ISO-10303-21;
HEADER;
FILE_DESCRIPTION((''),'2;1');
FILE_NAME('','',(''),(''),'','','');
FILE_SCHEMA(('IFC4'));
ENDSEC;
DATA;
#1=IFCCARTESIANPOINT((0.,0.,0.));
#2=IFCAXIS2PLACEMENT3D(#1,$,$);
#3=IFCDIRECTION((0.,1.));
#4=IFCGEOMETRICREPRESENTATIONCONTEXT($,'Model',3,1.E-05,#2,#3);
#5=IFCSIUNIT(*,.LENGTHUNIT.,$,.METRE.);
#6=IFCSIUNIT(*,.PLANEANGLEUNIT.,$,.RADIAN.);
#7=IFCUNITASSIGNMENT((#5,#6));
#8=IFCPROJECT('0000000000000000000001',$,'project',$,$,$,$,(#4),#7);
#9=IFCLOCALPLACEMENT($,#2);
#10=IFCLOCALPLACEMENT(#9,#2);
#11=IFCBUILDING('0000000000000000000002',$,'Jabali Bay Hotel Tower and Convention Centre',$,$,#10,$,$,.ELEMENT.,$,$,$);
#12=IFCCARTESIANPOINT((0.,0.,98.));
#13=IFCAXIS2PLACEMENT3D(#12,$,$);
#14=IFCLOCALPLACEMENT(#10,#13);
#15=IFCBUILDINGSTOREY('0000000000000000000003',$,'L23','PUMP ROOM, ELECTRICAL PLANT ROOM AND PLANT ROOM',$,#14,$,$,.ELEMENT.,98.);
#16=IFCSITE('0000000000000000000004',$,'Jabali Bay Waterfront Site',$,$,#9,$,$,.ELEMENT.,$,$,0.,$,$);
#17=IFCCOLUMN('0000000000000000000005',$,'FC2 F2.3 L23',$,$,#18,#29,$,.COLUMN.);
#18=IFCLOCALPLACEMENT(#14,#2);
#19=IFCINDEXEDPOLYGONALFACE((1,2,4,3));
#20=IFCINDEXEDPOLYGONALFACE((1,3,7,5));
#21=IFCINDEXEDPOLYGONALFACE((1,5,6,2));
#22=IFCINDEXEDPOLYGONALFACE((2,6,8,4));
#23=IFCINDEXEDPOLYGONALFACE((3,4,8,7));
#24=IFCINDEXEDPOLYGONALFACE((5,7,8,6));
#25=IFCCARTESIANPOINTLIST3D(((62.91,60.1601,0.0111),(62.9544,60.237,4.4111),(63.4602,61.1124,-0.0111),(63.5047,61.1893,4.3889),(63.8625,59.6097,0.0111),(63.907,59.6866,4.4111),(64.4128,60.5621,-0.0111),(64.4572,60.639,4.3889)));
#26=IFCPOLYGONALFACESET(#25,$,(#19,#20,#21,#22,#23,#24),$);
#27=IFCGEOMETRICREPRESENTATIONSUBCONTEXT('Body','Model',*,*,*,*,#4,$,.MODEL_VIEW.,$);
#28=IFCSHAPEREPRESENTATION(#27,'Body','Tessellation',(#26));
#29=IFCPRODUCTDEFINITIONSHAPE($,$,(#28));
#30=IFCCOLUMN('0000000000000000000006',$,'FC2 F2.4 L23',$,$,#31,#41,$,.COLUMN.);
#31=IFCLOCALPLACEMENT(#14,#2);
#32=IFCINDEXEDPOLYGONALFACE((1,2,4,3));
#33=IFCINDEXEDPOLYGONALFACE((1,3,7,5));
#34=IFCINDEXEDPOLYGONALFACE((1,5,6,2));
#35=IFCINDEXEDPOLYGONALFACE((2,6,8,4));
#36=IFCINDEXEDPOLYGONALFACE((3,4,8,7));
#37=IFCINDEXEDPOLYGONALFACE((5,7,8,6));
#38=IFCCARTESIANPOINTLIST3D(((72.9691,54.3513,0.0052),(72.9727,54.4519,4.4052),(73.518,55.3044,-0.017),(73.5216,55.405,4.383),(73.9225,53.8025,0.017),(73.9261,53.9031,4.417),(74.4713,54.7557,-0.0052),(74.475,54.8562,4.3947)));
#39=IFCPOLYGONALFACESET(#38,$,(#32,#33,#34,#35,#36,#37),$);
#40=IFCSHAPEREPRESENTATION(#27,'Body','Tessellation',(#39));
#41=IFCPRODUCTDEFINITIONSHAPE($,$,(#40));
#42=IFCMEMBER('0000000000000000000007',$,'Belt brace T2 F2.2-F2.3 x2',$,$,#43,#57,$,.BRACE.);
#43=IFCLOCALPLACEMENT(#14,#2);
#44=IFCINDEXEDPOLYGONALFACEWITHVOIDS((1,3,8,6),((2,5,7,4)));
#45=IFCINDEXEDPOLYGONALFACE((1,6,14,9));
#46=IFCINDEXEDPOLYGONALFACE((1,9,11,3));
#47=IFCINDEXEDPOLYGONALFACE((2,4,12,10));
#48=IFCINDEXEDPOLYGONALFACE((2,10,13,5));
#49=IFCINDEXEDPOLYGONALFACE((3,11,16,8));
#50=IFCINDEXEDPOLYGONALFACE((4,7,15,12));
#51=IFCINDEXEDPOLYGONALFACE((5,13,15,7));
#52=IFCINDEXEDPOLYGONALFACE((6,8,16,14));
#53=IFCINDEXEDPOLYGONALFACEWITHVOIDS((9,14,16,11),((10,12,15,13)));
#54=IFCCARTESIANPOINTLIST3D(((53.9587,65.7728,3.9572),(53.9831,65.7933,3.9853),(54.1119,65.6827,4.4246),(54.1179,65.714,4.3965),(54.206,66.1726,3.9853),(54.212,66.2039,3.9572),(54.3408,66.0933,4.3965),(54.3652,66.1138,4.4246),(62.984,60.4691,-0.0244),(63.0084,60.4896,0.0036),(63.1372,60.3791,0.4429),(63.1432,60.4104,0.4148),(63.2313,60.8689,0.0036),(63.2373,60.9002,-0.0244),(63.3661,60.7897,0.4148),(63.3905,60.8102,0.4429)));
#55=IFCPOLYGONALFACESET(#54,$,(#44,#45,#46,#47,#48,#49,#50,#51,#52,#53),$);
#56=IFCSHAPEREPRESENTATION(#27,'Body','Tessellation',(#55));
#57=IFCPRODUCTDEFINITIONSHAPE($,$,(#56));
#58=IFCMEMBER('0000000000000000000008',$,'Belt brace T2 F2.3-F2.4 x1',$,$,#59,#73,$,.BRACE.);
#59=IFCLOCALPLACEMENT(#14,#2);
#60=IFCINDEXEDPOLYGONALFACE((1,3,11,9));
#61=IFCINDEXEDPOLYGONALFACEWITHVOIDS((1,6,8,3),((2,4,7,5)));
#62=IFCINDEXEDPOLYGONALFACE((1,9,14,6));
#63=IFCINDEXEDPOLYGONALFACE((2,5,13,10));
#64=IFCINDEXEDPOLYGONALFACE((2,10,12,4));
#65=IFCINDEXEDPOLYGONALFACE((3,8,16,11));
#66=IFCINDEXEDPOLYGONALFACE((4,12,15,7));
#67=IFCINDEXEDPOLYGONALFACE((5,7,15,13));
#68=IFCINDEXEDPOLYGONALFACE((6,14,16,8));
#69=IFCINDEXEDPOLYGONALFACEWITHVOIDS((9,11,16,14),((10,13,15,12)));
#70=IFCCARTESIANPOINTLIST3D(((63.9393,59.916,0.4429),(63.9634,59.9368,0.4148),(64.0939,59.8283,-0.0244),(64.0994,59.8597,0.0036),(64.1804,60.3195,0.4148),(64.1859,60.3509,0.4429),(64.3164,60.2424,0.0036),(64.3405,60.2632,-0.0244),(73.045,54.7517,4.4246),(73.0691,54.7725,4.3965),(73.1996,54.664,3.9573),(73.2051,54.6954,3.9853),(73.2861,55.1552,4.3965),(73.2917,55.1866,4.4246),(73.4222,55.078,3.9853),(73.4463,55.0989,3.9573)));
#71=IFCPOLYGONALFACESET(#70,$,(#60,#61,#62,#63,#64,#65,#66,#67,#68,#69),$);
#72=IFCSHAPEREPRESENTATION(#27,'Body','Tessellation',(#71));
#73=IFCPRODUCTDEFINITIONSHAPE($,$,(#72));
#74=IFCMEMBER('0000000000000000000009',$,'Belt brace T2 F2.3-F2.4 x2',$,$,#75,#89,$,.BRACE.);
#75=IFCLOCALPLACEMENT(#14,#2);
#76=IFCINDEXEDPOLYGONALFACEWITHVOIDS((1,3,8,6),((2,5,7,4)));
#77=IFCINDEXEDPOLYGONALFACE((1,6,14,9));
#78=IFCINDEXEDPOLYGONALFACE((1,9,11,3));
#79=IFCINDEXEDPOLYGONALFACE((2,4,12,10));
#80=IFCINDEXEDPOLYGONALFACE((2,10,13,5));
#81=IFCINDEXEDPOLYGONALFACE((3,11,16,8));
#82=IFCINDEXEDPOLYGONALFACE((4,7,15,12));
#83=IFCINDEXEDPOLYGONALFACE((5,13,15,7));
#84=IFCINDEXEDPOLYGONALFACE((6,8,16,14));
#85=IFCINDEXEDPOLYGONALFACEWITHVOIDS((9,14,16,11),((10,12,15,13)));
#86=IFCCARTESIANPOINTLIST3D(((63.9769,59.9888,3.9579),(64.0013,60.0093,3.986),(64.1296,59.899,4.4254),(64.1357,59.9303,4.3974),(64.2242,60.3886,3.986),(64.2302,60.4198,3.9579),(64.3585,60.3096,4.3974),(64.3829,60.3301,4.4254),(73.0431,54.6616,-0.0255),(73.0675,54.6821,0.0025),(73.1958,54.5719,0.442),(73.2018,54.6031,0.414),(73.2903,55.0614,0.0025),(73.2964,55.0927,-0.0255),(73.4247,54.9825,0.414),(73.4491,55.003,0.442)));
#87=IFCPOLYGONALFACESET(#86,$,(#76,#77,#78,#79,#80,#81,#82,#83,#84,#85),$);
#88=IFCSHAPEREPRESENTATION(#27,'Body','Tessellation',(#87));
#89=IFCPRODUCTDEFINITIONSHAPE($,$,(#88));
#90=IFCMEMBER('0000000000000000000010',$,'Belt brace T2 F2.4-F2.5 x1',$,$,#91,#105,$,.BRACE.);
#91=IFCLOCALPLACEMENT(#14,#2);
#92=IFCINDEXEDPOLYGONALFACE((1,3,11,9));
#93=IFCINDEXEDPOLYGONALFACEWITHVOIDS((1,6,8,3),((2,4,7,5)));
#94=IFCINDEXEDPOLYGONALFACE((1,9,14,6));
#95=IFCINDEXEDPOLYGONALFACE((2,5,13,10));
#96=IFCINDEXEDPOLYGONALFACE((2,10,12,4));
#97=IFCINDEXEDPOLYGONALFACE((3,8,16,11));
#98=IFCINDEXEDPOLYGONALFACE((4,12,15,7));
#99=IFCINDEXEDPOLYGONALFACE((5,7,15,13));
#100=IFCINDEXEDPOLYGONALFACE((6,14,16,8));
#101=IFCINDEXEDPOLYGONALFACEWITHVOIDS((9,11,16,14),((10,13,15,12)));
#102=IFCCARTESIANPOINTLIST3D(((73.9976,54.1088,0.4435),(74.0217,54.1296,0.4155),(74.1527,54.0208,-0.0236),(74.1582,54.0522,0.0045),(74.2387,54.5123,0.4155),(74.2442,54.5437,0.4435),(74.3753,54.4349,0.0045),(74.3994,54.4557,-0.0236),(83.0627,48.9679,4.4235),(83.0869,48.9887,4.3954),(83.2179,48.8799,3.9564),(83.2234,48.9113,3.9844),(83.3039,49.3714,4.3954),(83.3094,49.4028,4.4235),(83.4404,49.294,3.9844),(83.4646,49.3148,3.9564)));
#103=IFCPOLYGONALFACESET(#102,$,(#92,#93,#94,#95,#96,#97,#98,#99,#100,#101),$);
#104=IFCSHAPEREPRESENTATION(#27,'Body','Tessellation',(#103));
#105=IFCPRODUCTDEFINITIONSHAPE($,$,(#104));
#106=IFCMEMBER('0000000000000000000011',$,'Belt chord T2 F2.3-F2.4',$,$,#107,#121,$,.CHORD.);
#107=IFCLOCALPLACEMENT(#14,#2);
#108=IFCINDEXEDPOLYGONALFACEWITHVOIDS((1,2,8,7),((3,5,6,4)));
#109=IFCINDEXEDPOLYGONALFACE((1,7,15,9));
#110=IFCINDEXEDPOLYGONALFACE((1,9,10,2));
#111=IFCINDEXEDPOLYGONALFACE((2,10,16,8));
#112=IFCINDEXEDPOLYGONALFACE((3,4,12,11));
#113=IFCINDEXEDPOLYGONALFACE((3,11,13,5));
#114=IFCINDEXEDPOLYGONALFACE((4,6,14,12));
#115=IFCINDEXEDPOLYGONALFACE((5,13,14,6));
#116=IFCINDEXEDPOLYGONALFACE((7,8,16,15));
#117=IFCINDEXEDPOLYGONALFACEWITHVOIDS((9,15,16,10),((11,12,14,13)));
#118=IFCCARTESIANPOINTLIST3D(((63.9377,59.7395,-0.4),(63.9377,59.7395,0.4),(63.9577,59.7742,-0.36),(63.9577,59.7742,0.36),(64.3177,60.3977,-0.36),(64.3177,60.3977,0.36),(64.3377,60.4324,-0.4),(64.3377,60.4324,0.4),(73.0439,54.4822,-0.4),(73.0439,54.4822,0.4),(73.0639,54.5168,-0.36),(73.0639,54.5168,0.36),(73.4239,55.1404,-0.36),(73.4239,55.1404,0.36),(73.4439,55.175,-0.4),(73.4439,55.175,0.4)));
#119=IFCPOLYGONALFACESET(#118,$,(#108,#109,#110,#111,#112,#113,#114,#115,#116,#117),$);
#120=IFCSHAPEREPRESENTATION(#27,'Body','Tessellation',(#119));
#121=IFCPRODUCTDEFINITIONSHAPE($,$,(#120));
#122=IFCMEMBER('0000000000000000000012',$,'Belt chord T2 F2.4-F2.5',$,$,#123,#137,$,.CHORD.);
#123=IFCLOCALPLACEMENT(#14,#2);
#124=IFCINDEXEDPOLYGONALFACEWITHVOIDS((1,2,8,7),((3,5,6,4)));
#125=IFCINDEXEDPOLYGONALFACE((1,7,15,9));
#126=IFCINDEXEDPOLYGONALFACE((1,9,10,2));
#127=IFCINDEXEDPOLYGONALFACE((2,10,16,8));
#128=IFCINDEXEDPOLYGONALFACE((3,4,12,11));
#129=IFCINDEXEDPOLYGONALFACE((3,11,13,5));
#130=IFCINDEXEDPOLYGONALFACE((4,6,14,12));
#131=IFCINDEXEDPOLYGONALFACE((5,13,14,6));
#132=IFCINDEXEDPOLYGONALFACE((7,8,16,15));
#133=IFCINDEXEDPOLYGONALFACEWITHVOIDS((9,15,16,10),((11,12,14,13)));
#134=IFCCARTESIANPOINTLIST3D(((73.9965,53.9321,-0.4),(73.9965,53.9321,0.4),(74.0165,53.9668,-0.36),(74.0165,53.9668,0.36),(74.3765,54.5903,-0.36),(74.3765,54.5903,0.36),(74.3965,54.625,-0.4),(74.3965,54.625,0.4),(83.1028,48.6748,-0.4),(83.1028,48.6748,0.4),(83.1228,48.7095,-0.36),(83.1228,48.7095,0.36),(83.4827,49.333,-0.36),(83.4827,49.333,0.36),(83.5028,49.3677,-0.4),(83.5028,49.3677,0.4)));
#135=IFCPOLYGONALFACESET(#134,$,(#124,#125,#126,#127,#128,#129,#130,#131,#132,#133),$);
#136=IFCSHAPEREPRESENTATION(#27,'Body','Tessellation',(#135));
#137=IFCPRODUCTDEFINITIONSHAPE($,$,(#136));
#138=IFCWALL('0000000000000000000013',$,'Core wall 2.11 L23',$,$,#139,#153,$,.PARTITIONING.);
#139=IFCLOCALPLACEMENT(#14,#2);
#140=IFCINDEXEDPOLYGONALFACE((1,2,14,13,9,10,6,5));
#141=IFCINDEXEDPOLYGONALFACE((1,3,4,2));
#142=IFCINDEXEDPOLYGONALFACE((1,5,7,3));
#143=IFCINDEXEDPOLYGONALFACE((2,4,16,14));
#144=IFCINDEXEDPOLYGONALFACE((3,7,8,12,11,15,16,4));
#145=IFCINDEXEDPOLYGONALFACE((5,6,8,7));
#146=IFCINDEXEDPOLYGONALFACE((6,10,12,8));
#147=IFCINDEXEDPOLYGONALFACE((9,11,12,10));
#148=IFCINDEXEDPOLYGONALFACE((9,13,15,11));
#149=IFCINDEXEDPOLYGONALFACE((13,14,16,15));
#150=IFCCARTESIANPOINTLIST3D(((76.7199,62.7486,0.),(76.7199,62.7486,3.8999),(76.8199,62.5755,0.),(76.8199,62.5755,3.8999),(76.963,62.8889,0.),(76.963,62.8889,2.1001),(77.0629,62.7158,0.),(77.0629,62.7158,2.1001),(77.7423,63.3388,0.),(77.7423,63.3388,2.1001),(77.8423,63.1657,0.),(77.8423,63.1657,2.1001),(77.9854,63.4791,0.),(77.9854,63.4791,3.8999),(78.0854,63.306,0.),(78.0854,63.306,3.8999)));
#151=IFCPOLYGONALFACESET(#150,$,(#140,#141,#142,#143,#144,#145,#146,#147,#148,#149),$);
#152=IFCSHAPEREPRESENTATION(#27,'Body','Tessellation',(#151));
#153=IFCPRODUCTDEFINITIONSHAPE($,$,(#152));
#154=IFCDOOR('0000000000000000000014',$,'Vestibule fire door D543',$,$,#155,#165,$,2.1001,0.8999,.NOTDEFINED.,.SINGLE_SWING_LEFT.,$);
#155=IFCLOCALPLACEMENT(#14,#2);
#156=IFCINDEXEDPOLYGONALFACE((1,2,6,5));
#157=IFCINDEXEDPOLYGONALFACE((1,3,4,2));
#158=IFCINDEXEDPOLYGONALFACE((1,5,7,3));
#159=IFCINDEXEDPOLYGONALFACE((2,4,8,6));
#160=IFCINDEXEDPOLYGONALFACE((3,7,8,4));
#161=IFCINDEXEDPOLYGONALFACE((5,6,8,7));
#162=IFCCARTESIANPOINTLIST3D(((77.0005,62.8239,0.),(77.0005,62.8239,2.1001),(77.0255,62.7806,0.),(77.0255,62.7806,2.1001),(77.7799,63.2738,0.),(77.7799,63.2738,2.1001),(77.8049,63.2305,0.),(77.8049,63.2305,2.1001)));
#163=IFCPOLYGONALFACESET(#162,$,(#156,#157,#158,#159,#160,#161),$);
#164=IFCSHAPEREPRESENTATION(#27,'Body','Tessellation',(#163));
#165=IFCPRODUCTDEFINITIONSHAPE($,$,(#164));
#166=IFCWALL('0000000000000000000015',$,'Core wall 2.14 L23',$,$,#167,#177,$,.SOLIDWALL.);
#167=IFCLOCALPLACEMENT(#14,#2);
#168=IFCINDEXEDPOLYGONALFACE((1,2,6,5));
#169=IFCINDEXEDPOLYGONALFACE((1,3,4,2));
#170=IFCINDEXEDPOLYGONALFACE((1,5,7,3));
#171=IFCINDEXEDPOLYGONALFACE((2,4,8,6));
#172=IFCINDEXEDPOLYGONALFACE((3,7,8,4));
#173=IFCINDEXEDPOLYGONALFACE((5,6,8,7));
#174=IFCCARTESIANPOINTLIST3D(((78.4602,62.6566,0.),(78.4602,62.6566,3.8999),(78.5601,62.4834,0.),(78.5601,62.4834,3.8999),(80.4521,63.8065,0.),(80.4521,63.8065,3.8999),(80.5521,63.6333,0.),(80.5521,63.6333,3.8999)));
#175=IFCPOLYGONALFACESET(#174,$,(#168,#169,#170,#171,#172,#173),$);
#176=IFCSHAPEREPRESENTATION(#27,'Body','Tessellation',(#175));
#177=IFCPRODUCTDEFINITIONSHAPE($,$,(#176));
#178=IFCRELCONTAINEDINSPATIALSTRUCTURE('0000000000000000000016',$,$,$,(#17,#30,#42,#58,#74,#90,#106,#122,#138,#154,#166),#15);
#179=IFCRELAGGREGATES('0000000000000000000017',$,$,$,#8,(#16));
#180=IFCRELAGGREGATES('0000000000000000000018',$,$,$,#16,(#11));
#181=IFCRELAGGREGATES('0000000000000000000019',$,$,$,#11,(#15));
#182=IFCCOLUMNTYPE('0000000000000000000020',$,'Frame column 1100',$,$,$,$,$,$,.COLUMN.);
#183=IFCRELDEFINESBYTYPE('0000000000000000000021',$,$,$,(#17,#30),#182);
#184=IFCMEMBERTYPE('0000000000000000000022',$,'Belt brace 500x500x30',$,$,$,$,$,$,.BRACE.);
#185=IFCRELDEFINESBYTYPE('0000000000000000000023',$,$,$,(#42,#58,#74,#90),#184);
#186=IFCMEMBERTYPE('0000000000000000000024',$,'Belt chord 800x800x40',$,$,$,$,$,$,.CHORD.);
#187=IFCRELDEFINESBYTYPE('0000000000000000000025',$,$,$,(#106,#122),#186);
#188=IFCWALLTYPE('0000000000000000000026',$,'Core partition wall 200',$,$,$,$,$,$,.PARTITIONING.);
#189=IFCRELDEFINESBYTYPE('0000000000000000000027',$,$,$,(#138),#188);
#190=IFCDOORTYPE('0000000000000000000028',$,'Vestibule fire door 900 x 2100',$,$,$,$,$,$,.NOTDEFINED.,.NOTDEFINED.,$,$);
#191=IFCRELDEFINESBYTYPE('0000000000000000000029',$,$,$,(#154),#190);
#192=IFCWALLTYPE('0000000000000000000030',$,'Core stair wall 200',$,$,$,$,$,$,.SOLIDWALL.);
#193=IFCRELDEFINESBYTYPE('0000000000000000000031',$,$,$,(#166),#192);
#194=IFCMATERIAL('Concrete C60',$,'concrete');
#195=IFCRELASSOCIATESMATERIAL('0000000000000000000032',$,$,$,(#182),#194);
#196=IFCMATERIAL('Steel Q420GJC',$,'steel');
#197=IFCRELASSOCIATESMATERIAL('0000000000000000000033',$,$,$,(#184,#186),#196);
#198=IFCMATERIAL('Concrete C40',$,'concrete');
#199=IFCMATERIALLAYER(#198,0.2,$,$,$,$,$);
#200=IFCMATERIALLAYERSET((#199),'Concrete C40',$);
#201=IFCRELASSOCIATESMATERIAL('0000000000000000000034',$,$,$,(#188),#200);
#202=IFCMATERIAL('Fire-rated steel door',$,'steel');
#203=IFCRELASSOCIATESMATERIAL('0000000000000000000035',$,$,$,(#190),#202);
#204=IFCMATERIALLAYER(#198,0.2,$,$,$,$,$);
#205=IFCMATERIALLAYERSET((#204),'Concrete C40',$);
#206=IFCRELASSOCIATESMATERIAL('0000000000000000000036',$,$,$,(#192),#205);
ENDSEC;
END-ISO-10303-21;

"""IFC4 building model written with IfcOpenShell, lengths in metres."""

from ifc_helpers import new_model, si_unit, direction, frame, frame_2d, origin, origin_2d, place, context, subcontext, project, spatial, rectangle, hollow_rectangle, extrude, material, layer, layer_set, material_profile, profile_set, type_object, element, fill, save


model = new_model("IFC4")

# Units and contexts
model_context = context("Model", 3, precision=1e-05, world=origin(), true_north=direction((0.0, 1.0)))
body_context = subcontext(model_context, "Body", "Model", "MODEL_VIEW")
ifc_project = project(units=[si_unit("LENGTHUNIT", "METRE"), si_unit("PLANEANGLEUNIT", "RADIAN")], contexts=[model_context])

# Site, building, storey
site_placement = place(None, origin())
site = spatial("IfcSite", under=ifc_project, at=site_placement, Name="Jabali Bay Waterfront Site", CompositionType="ELEMENT", RefElevation=0.0)
building_placement = place(site_placement, origin())
building = spatial("IfcBuilding", under=site, at=building_placement, Name="Jabali Bay Hotel Tower and Convention Centre", CompositionType="ELEMENT")
storey_placement = place(building_placement, frame((0.0, 0.0, 98.0)))
storey = spatial("IfcBuildingStorey", under=building, at=storey_placement, Name="L23", Description="PUMP ROOM, ELECTRICAL PLANT ROOM AND PLANT ROOM", CompositionType="ELEMENT", Elevation=98.0)

# Columns
ifc_material_1 = material(Name="Concrete C60", Category="concrete")
ifc_material_profile_1 = material_profile(ifc_material_1, rectangle(XDim=1.1001, YDim=1.1001, at=origin_2d()), Name="Frame column 1100")
ifc_profile_set_1 = profile_set([ifc_material_profile_1], Name="Concrete C60")
column_type = type_object("IfcColumnType", Name="Frame column 1100", PredefinedType="COLUMN", material=ifc_profile_set_1)
column_1_placement = place(storey_placement, frame((63.6614, 60.3611, 0.0), z_axis=(0.010097, 0.017475, 0.999796), x_axis=(-0.50018, -0.865686, 0.020182)))
element("IfcColumn", 1, at=column_1_placement, inside=storey, type_object=column_type, Name="FC2 F2.3 L23", PredefinedType="COLUMN", context=body_context, shape_type="SweptSolid", body=[
    extrude(rectangle(XDim=1.1001, YDim=1.1001, at=origin_2d()), origin(), (0.0, 0.0, 1.0), 4.4009),
])
column_2_placement = place(storey_placement, frame((73.7202, 54.5535, 0.0), z_axis=(0.000832, 0.022855, 0.999738), x_axis=(-0.498941, -0.8664, 0.020222)))
element("IfcColumn", 2, at=column_2_placement, inside=storey, type_object=column_type, Name="FC2 F2.4 L23", PredefinedType="COLUMN", context=body_context, shape_type="SweptSolid", body=[
    extrude(rectangle(XDim=1.1001, YDim=1.1001, at=origin_2d()), origin(), (0.0, 0.0, 1.0), 4.4011),
])

# Members
ifc_material_2 = material(Name="Steel Q420GJC", Category="steel")
ifc_material_profile_2 = material_profile(ifc_material_2, hollow_rectangle(XDim=0.5, YDim=0.5, WallThickness=0.03, at=origin_2d()), Name="Belt brace 500x500x30")
ifc_profile_set_2 = profile_set([ifc_material_profile_2], Name="Steel Q420GJC")
member_type_1 = type_object("IfcMemberType", Name="Belt brace 500x500x30", PredefinedType="BRACE", material=ifc_profile_set_2)
for number, where, z_axis, x_axis, name in (
    (3, (63.1873, 60.6396, 0.2092), (-0.805836, 0.473544, 0.355507), (-0.506641, -0.862157, 0.0), "Belt brace T2 F2.2-F2.3 x2"),
    (4, (64.1399, 60.0896, 0.2092), (0.813017, -0.461103, 0.355511), (0.493331, 0.869842, 0.0), "Belt brace T2 F2.3-F2.4 x1"),
):
    element("IfcMember", number, at=place(storey_placement, frame(where, z_axis=z_axis, x_axis=x_axis)), inside=storey, type_object=member_type_1, Name=name, PredefinedType="BRACE", context=body_context, shape_type="SweptSolid", body=[
        extrude(hollow_rectangle(XDim=0.5, YDim=0.5, WallThickness=0.03, at=origin_2d()), origin(), (0.0, 0.0, 1.0), 11.2),
    ])
member_1_placement = place(storey_placement, frame((73.2461, 54.8323, 0.2083), z_axis=(-0.806267, 0.473751, 0.35425), x_axis=(-0.506604, -0.862179, 0.0)))
element("IfcMember", 5, at=member_1_placement, inside=storey, type_object=member_type_1, Name="Belt brace T2 F2.3-F2.4 x2", PredefinedType="BRACE", context=body_context, shape_type="SweptSolid", body=[
    extrude(hollow_rectangle(XDim=0.5, YDim=0.5, WallThickness=0.03, at=origin_2d()), origin(), (0.0, 0.0, 1.0), 11.2446),
])
member_2_placement = place(storey_placement, frame((74.1985, 54.2822, 0.21), z_axis=(0.812616, -0.460835, 0.356771), x_axis=(0.493298, 0.86986, 0.0)))
element("IfcMember", 6, at=member_2_placement, inside=storey, type_object=member_type_1, Name="Belt brace T2 F2.4-F2.5 x1", PredefinedType="BRACE", context=body_context, shape_type="SweptSolid", body=[
    extrude(hollow_rectangle(XDim=0.5, YDim=0.5, WallThickness=0.03, at=origin_2d()), origin(), (0.0, 0.0, 1.0), 11.1555),
])
ifc_material_profile_3 = material_profile(ifc_material_2, hollow_rectangle(XDim=0.8, YDim=0.8, WallThickness=0.04, at=origin_2d()), Name="Belt chord 800x800x40")
ifc_profile_set_3 = profile_set([ifc_material_profile_3], Name="Steel Q420GJC")
member_type_2 = type_object("IfcMemberType", Name="Belt chord 800x800x40", PredefinedType="CHORD", material=ifc_profile_set_3)
for number, where, z_axis, x_axis, name in (
    (7, (64.1377, 60.0859, 0.0), (0.866031, -0.49999, 0.0), (0.49999, 0.866031, 0.0), "Belt chord T2 F2.3-F2.4"),
    (8, (74.1965, 54.2786, 0.0), (0.866031, -0.49999, 0.0), (0.49999, 0.866031, 0.0), "Belt chord T2 F2.4-F2.5"),
):
    element("IfcMember", number, at=place(storey_placement, frame(where, z_axis=z_axis, x_axis=x_axis)), inside=storey, type_object=member_type_2, Name=name, PredefinedType="CHORD", context=body_context, shape_type="SweptSolid", body=[
        extrude(hollow_rectangle(XDim=0.8, YDim=0.8, WallThickness=0.04, at=origin_2d()), origin(), (0.0, 0.0, 1.0), 10.5149),
    ])

# Wall, opening, door
ifc_material_3 = material(Name="Concrete C40", Category="concrete")
ifc_layer_1 = layer(ifc_material_3, 0.2)
ifc_layer_set_1 = layer_set([ifc_layer_1], Name="Concrete C40")
wall_type_1 = type_object("IfcWallType", Name="Core partition wall 200", PredefinedType="PARTITIONING", material=ifc_layer_set_1)
wall_1_placement = place(storey_placement, frame((76.77, 62.6621, 0.0), z_axis=(0.0, 0.0, 1.0), x_axis=(0.866055, 0.499949, 0.0)))
wall_1 = element("IfcWall", 9, at=wall_1_placement, inside=storey, type_object=wall_type_1, Name="Core wall 2.11 L23", PredefinedType="PARTITIONING", context=body_context, shape_type="SweptSolid", body=[
    extrude(rectangle(XDim=1.4612, YDim=0.2, at=frame_2d((0.7305, 0.0))), origin(), (0.0, 0.0, 1.0), 3.8999),
])
opening_placement = place(wall_1_placement, frame((0.2805, 0.0, 0.0)))
opening = element("IfcOpeningElement", 10, at=opening_placement, cuts=wall_1, PredefinedType="OPENING", context=body_context, shape_type="SweptSolid", body=[
    extrude(rectangle(XDim=0.8999, YDim=2.1001, at=frame_2d((0.45, 1.05))), frame((0.0, 0.1104, 0.0), z_axis=(0.0, -1.0, 0.0), x_axis=(1.0, 0.0, 0.0)), (0.0, 0.0, 1.0), 0.2209),
])
ifc_material_4 = material(Name="Fire-rated steel door", Category="steel")
door_type = type_object("IfcDoorType", Name="Vestibule fire door 900 x 2100", OperationType="NOTDEFINED", PredefinedType="NOTDEFINED", material=ifc_material_4)
door_placement = place(opening_placement, origin())
door = element("IfcDoor", 11, at=door_placement, inside=storey, type_object=door_type, Name="Vestibule fire door D543", OperationType="SINGLE_SWING_LEFT", OverallHeight=2.1001, OverallWidth=0.8999, PredefinedType="NOTDEFINED", context=body_context, shape_type="SweptSolid", body=[
    extrude(rectangle(XDim=0.8999, YDim=2.1001, at=frame_2d((0.45, 1.05))), frame((0.0, 0.0249, 0.0), z_axis=(0.0, -1.0, 0.0), x_axis=(1.0, 0.0, 0.0)), (0.0, 0.0, 1.0), 0.05),
])
fill(opening, door)

# Wall
ifc_layer_2 = layer(ifc_material_3, 0.2)
ifc_layer_set_2 = layer_set([ifc_layer_2], Name="Concrete C40")
wall_type_2 = type_object("IfcWallType", Name="Core stair wall 200", PredefinedType="SOLIDWALL", material=ifc_layer_set_2)
wall_2_placement = place(storey_placement, frame((78.5103, 62.5701, 0.0), z_axis=(0.0, 0.0, 1.0), x_axis=(0.866053, 0.499952, 0.0)))
element("IfcWall", 12, at=wall_2_placement, inside=storey, type_object=wall_type_2, Name="Core wall 2.14 L23", PredefinedType="SOLIDWALL", context=body_context, shape_type="SweptSolid", body=[
    extrude(rectangle(XDim=2.3, YDim=0.2, at=frame_2d((1.1499, 0.0))), origin(), (0.0, 0.0, 1.0), 3.8999),
])

save(model, "model.ifc")
